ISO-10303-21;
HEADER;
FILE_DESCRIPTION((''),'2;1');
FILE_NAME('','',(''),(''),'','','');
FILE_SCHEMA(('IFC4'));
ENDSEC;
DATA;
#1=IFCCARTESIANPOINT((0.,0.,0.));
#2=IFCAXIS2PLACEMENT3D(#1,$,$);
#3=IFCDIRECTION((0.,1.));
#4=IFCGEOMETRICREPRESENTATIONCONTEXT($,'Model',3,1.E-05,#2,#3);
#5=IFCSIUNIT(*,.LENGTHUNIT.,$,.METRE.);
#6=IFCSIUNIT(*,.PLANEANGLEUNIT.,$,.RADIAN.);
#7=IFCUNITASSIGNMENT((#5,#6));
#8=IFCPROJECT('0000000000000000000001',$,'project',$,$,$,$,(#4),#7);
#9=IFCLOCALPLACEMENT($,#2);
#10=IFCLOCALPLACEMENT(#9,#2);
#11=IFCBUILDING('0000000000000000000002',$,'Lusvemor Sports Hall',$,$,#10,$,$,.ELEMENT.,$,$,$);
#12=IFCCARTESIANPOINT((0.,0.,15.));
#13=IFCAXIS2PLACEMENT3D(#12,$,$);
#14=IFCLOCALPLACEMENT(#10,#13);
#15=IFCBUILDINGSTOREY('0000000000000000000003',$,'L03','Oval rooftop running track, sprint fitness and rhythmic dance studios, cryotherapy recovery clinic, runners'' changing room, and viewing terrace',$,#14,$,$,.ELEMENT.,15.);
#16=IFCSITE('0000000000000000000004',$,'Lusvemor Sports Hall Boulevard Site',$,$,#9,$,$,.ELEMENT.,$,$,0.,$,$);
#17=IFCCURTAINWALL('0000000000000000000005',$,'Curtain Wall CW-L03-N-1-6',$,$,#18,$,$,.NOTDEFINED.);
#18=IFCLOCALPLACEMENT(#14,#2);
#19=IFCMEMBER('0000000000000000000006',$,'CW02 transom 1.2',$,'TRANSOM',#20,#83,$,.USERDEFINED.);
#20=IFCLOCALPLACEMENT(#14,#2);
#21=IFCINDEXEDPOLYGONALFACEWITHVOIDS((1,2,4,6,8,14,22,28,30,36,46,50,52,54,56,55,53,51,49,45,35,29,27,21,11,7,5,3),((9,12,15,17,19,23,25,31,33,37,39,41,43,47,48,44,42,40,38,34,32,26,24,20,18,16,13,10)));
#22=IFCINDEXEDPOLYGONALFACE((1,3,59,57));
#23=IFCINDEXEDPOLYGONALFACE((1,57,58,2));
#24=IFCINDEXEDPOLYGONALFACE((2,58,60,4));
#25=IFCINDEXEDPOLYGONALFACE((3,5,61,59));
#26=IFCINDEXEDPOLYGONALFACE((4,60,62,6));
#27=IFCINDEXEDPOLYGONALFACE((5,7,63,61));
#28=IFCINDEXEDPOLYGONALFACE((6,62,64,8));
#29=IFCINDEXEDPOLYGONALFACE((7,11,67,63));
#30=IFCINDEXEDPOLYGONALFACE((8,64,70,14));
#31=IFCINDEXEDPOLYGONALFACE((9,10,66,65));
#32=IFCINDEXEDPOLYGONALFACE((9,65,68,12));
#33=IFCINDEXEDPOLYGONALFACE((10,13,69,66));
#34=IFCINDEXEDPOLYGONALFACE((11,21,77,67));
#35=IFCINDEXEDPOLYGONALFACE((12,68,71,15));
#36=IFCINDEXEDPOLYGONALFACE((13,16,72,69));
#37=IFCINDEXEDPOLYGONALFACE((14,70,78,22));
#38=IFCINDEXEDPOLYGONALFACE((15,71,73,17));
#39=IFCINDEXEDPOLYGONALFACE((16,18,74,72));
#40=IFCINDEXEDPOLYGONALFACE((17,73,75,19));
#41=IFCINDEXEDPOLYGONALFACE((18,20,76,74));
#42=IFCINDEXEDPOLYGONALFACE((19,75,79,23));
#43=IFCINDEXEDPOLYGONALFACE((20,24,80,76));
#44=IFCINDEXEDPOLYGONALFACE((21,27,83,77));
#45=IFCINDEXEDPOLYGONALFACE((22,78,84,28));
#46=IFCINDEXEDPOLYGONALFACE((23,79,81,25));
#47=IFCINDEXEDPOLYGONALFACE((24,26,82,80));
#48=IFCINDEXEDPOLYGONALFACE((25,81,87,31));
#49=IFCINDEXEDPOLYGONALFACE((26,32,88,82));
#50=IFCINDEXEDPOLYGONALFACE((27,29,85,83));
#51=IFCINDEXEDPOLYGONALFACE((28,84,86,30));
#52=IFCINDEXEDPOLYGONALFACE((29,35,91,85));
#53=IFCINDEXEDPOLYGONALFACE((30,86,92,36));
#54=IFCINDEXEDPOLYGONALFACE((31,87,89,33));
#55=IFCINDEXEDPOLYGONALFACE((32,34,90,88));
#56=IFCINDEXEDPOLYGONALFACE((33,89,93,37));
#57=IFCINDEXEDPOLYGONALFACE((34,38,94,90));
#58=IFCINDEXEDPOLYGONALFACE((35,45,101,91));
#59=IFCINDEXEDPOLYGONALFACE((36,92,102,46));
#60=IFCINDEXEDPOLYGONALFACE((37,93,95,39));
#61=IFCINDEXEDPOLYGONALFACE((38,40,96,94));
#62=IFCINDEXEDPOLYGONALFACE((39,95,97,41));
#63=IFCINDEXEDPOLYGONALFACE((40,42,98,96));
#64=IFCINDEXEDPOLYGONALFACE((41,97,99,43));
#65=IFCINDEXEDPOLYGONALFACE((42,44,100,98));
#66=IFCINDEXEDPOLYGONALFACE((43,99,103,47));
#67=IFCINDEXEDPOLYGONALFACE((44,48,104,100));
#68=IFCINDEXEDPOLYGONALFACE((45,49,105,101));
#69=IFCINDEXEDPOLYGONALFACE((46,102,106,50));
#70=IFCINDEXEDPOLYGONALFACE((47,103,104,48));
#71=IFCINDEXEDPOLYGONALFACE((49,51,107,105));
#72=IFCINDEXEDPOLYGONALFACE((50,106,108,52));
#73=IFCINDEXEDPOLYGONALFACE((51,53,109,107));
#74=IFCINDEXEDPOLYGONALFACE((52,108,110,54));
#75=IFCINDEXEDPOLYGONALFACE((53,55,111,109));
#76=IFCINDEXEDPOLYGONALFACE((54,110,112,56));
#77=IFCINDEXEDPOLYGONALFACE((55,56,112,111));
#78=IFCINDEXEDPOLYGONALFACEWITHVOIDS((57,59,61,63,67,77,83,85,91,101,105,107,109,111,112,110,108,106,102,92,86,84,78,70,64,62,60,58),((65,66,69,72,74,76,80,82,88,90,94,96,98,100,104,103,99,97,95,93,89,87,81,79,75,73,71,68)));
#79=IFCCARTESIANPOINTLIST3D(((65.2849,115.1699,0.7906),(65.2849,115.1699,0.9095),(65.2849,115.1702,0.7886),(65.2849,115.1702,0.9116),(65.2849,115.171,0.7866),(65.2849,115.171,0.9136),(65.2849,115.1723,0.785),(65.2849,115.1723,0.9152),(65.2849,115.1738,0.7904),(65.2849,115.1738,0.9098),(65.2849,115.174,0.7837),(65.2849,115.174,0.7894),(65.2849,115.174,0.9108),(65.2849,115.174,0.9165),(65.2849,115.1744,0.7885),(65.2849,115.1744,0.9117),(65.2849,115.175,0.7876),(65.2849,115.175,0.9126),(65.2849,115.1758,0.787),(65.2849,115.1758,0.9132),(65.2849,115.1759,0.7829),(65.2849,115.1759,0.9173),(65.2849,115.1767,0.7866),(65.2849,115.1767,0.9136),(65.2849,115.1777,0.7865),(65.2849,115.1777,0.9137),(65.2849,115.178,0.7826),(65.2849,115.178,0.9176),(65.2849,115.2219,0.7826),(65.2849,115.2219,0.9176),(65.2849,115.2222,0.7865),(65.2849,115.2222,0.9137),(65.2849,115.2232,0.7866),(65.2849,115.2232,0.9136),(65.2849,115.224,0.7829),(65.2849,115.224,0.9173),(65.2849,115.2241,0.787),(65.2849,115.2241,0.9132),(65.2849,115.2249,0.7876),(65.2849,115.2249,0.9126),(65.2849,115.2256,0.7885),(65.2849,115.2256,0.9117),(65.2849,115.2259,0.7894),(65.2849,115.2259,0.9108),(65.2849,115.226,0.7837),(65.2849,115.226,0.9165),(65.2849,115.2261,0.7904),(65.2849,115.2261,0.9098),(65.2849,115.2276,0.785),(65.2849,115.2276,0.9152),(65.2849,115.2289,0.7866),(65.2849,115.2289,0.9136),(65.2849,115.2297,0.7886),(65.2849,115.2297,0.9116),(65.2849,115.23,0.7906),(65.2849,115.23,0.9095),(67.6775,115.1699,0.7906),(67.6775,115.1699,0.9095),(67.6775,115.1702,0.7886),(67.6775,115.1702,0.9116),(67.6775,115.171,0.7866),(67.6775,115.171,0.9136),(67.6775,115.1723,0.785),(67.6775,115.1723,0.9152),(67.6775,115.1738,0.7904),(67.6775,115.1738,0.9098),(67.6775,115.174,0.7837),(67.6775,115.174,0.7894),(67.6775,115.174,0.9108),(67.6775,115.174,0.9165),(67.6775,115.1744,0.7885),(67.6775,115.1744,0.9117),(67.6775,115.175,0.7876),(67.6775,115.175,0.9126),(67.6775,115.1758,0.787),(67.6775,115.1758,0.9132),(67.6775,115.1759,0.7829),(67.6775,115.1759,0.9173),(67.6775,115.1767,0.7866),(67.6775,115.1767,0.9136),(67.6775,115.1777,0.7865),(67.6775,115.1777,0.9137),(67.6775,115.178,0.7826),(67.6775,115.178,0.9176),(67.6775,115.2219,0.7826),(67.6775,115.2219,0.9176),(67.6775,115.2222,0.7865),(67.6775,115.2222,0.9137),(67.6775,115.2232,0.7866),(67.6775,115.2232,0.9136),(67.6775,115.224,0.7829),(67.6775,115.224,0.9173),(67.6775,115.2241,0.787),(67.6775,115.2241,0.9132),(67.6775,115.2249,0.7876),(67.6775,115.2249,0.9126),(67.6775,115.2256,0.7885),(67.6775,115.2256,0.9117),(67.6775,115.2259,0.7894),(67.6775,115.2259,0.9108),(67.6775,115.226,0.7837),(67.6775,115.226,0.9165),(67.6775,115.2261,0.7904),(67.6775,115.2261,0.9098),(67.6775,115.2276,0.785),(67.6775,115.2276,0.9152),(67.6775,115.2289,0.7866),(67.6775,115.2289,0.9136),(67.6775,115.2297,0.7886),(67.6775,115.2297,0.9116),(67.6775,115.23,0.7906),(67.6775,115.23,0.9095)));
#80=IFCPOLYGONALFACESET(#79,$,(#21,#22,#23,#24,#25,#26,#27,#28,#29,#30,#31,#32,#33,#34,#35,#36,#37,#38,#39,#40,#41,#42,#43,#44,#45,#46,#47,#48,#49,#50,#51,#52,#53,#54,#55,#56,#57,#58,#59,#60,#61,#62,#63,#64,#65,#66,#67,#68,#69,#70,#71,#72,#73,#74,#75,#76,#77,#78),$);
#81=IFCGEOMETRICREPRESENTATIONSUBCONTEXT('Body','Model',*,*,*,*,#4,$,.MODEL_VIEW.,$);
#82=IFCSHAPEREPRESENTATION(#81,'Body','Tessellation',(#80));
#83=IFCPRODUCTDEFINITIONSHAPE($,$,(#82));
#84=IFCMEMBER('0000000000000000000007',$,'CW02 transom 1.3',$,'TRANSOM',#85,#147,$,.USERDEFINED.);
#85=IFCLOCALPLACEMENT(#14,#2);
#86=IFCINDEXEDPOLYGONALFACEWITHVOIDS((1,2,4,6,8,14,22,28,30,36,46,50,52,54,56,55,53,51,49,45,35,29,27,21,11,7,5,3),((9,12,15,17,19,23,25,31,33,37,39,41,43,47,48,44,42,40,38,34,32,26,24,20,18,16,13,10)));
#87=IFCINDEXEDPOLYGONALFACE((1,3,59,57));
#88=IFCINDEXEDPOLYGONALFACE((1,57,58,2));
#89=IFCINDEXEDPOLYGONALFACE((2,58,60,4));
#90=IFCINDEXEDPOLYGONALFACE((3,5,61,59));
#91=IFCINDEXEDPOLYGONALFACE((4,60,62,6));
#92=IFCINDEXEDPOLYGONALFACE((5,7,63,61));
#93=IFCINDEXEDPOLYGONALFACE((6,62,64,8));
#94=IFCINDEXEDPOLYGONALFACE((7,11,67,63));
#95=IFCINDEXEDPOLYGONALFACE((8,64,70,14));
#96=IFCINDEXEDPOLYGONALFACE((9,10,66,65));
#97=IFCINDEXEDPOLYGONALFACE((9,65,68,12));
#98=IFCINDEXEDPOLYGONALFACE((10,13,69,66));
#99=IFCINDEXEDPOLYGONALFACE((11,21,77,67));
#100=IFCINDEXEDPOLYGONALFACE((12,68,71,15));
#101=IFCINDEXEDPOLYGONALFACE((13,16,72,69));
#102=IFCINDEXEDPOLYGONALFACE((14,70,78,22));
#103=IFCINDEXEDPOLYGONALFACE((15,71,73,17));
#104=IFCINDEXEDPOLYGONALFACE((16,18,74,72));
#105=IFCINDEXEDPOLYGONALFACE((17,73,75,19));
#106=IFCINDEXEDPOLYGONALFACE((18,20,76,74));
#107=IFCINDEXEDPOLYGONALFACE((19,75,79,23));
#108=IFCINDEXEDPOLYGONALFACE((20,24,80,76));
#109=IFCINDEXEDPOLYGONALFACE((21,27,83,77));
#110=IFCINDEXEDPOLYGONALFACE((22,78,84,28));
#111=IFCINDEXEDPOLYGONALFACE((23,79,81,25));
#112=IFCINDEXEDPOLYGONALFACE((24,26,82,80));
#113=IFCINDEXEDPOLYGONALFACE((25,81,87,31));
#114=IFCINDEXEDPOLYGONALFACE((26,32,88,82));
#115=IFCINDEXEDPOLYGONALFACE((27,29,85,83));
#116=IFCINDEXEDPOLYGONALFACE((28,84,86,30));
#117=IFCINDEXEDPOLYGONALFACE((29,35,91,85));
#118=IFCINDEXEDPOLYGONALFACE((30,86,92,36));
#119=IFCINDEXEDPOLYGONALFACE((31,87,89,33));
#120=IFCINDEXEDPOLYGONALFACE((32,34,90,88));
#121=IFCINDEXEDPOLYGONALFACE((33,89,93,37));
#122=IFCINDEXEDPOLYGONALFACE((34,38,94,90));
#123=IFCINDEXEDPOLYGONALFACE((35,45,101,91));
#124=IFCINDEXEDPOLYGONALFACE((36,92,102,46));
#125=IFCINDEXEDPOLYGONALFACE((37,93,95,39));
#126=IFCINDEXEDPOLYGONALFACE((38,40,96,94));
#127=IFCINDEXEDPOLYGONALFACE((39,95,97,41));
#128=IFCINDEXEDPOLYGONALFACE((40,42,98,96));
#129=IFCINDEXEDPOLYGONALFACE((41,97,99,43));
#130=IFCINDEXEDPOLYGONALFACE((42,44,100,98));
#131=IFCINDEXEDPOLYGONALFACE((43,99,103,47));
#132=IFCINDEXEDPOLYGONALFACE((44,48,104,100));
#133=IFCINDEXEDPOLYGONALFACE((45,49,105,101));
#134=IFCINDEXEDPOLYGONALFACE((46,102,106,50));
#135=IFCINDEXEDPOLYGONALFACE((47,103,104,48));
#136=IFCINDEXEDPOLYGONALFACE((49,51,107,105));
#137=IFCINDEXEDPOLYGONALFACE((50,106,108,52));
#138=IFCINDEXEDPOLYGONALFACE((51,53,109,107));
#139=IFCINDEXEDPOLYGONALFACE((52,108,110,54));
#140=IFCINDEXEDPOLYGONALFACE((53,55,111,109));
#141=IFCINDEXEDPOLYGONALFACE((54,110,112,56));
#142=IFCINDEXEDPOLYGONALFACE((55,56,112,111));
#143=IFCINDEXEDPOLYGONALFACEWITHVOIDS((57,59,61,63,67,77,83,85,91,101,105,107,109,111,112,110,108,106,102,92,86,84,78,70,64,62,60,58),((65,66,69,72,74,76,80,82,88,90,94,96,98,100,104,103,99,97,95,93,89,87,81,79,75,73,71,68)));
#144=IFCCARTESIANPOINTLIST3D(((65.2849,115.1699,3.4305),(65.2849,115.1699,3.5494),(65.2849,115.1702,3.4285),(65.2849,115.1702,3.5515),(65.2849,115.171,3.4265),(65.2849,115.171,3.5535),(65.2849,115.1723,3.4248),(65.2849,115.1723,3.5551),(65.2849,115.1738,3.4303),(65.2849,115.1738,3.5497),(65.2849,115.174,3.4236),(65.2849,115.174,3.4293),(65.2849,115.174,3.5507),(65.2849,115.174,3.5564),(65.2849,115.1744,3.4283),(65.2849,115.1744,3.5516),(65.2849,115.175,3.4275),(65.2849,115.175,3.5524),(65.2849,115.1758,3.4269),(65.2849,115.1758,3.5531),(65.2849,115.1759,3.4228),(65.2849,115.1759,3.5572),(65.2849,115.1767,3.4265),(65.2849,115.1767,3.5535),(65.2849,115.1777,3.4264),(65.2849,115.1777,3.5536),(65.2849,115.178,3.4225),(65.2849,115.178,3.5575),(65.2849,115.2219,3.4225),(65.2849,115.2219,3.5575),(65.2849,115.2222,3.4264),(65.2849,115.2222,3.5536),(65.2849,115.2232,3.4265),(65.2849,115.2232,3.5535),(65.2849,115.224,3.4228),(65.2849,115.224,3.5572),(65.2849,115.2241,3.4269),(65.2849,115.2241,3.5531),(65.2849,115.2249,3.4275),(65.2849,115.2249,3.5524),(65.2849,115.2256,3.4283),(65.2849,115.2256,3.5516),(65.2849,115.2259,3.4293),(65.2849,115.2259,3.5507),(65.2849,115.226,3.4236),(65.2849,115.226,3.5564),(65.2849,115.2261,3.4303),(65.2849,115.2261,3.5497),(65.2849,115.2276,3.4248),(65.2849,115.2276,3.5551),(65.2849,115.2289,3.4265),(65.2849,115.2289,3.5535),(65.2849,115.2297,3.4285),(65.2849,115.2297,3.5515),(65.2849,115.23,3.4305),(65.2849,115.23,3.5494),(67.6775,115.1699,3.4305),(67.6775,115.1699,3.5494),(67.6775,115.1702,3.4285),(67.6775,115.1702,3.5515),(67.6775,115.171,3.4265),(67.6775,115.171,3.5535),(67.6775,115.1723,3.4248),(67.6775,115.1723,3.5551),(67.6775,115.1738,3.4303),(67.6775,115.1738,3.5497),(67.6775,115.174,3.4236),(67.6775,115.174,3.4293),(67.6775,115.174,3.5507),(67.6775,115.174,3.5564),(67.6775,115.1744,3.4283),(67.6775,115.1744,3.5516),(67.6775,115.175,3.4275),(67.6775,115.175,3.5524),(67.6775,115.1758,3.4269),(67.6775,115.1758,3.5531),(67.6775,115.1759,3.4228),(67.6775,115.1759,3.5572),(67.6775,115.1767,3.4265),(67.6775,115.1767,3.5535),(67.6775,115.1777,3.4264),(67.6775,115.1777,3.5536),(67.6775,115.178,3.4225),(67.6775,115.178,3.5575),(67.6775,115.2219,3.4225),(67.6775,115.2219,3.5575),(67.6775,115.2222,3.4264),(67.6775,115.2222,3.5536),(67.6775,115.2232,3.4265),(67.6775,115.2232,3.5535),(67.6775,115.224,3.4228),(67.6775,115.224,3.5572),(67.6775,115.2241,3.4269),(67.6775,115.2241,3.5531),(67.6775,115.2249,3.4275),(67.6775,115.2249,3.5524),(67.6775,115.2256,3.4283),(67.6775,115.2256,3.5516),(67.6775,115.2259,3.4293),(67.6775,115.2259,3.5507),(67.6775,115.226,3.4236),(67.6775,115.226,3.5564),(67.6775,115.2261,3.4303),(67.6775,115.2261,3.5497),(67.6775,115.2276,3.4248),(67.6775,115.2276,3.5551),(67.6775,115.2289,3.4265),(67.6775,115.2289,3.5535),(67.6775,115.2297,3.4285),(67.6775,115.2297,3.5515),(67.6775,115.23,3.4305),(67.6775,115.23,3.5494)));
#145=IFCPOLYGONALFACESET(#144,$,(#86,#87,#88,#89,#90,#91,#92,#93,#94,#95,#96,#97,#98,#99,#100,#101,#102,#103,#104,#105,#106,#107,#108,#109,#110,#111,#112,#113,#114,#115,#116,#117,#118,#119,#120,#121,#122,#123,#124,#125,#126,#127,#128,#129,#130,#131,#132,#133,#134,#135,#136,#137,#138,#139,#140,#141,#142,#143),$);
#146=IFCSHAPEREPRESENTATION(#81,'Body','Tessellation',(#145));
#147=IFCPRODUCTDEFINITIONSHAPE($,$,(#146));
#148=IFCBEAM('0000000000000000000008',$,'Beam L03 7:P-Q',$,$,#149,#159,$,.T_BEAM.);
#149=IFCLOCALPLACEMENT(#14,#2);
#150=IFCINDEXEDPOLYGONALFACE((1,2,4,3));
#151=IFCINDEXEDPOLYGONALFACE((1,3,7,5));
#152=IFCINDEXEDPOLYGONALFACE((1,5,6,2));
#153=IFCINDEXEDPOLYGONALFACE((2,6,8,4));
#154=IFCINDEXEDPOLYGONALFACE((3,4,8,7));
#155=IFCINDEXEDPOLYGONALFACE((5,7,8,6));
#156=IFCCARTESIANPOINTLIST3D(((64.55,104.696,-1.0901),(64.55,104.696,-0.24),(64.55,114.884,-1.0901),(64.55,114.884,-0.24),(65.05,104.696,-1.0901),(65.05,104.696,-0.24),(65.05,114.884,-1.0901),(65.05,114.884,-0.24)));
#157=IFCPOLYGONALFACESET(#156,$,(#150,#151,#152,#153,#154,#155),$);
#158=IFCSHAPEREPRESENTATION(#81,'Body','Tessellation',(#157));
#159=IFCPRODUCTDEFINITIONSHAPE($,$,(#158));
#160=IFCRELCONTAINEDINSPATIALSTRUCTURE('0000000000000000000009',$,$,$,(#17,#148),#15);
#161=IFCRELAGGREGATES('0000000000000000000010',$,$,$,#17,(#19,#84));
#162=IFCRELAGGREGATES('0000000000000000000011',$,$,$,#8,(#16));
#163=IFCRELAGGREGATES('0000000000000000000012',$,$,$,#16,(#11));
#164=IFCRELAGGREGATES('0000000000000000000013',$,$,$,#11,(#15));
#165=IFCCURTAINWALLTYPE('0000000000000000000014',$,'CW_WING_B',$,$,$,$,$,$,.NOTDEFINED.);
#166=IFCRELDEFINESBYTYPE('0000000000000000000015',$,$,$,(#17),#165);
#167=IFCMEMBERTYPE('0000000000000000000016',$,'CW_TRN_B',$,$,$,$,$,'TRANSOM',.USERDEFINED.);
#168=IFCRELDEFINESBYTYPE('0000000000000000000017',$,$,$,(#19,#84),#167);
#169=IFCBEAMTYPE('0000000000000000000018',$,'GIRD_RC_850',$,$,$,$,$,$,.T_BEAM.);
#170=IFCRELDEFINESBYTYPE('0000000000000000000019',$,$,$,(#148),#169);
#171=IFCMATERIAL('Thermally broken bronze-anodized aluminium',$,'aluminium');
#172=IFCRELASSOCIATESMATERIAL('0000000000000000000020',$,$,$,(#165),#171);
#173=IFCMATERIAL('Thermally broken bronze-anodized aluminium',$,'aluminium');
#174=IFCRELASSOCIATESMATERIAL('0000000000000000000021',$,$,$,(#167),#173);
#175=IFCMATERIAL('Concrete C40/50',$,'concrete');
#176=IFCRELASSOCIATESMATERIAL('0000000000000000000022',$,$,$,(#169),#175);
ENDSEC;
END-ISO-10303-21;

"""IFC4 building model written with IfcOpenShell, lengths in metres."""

from ifc_helpers import new_model, si_unit, direction, frame, origin, origin_2d, place, context, subcontext, project, spatial, rectangle, hollow_rectangle, extrude, material, material_profile, profile_set, type_object, element, aggregate, save


model = new_model("IFC4")

# Units and contexts
model_context = context("Model", 3, precision=1e-05, world=origin(), true_north=direction((0.0, 1.0)))
body_context = subcontext(model_context, "Body", "Model", "MODEL_VIEW")
ifc_project = project(units=[si_unit("LENGTHUNIT", "METRE"), si_unit("PLANEANGLEUNIT", "RADIAN")], contexts=[model_context])

# Site, building, storey
site_placement = place(None, origin())
site = spatial("IfcSite", under=ifc_project, at=site_placement, Name="Lusvemor Sports Hall Boulevard Site", CompositionType="ELEMENT", RefElevation=0.0)
building_placement = place(site_placement, origin())
building = spatial("IfcBuilding", under=site, at=building_placement, Name="Lusvemor Sports Hall", CompositionType="ELEMENT")
storey_placement = place(building_placement, frame((0.0, 0.0, 15.0)))
storey = spatial("IfcBuildingStorey", under=building, at=storey_placement, Name="L03", Description="Oval rooftop running track, sprint fitness and rhythmic dance studios, cryotherapy recovery clinic, runners' changing room, and viewing terrace", CompositionType="ELEMENT", Elevation=15.0)

# Curtain wall, members
ifc_material_1 = material(Name="Thermally broken bronze-anodized aluminium", Category="aluminium")
curtain_wall_type = type_object("IfcCurtainWallType", Name="CW_WING_B", PredefinedType="NOTDEFINED", material=ifc_material_1)
curtain_wall_placement = place(storey_placement, origin())
curtain_wall = element("IfcCurtainWall", 1, at=curtain_wall_placement, inside=storey, type_object=curtain_wall_type, Name="Curtain Wall CW-L03-N-1-6", PredefinedType="NOTDEFINED")
ifc_material_2 = material(Name="Thermally broken bronze-anodized aluminium", Category="aluminium")
ifc_material_profile_1 = material_profile(ifc_material_2, hollow_rectangle(XDim=0.0601, YDim=0.135, WallThickness=0.0039, InnerFilletRadius=0.0039, OuterFilletRadius=0.0081, at=origin_2d()), Name="CWTRN135x60x4")
ifc_profile_set_1 = profile_set([ifc_material_profile_1], Name="Thermally broken bronze-anodized aluminium")
member_type_1 = type_object("IfcMemberType", Name="CW_TRN_B", ElementType="TRANSOM", PredefinedType="USERDEFINED", material=ifc_profile_set_1)
member_1_placement = place(storey_placement, frame((65.2849, 115.2, 0.8501), z_axis=(1.0, 0.0, 0.0), x_axis=(0.0, 1.0, 0.0)))
member_1 = element("IfcMember", 2, at=member_1_placement, type_object=member_type_1, Name="CW02 transom 1.2", ObjectType="TRANSOM", PredefinedType="USERDEFINED", context=body_context, shape_type="SweptSolid", body=[
    extrude(hollow_rectangle(XDim=0.0601, YDim=0.135, WallThickness=0.0039, InnerFilletRadius=0.0039, OuterFilletRadius=0.0081, at=origin_2d()), origin(), (0.0, 0.0, 1.0), 2.3926),
])
member_2_placement = place(storey_placement, frame((65.2849, 115.2, 3.49), z_axis=(1.0, 0.0, 0.0), x_axis=(0.0, 1.0, 0.0)))
member_2 = element("IfcMember", 3, at=member_2_placement, type_object=member_type_1, Name="CW02 transom 1.3", ObjectType="TRANSOM", PredefinedType="USERDEFINED", context=body_context, shape_type="SweptSolid", body=[
    extrude(hollow_rectangle(XDim=0.0601, YDim=0.135, WallThickness=0.0039, InnerFilletRadius=0.0039, OuterFilletRadius=0.0081, at=origin_2d()), origin(), (0.0, 0.0, 1.0), 2.3926),
])
aggregate(curtain_wall, [member_1, member_2])

# Beam
ifc_material_3 = material(Name="Concrete C40/50", Category="concrete")
ifc_material_profile_2 = material_profile(ifc_material_3, rectangle(XDim=0.5, YDim=0.8501, at=origin_2d()), Name="RC500x850")
ifc_profile_set_2 = profile_set([ifc_material_profile_2], Name="Concrete C40/50")
beam_type_1 = type_object("IfcBeamType", Name="GIRD_RC_850", PredefinedType="T_BEAM", material=ifc_profile_set_2)
beam_1_placement = place(storey_placement, frame((64.8, 104.696, -0.665), z_axis=(0.0, 1.0, 0.0), x_axis=(-1.0, 0.0, 0.0)))
element("IfcBeam", 4, at=beam_1_placement, inside=storey, type_object=beam_type_1, Name="Beam L03 7:P-Q", PredefinedType="T_BEAM", context=body_context, shape_type="SweptSolid", body=[
    extrude(rectangle(XDim=0.5, YDim=0.8501, at=origin_2d()), origin(), (0.0, 0.0, 1.0), 10.188),
])

save(model, "model.ifc")
